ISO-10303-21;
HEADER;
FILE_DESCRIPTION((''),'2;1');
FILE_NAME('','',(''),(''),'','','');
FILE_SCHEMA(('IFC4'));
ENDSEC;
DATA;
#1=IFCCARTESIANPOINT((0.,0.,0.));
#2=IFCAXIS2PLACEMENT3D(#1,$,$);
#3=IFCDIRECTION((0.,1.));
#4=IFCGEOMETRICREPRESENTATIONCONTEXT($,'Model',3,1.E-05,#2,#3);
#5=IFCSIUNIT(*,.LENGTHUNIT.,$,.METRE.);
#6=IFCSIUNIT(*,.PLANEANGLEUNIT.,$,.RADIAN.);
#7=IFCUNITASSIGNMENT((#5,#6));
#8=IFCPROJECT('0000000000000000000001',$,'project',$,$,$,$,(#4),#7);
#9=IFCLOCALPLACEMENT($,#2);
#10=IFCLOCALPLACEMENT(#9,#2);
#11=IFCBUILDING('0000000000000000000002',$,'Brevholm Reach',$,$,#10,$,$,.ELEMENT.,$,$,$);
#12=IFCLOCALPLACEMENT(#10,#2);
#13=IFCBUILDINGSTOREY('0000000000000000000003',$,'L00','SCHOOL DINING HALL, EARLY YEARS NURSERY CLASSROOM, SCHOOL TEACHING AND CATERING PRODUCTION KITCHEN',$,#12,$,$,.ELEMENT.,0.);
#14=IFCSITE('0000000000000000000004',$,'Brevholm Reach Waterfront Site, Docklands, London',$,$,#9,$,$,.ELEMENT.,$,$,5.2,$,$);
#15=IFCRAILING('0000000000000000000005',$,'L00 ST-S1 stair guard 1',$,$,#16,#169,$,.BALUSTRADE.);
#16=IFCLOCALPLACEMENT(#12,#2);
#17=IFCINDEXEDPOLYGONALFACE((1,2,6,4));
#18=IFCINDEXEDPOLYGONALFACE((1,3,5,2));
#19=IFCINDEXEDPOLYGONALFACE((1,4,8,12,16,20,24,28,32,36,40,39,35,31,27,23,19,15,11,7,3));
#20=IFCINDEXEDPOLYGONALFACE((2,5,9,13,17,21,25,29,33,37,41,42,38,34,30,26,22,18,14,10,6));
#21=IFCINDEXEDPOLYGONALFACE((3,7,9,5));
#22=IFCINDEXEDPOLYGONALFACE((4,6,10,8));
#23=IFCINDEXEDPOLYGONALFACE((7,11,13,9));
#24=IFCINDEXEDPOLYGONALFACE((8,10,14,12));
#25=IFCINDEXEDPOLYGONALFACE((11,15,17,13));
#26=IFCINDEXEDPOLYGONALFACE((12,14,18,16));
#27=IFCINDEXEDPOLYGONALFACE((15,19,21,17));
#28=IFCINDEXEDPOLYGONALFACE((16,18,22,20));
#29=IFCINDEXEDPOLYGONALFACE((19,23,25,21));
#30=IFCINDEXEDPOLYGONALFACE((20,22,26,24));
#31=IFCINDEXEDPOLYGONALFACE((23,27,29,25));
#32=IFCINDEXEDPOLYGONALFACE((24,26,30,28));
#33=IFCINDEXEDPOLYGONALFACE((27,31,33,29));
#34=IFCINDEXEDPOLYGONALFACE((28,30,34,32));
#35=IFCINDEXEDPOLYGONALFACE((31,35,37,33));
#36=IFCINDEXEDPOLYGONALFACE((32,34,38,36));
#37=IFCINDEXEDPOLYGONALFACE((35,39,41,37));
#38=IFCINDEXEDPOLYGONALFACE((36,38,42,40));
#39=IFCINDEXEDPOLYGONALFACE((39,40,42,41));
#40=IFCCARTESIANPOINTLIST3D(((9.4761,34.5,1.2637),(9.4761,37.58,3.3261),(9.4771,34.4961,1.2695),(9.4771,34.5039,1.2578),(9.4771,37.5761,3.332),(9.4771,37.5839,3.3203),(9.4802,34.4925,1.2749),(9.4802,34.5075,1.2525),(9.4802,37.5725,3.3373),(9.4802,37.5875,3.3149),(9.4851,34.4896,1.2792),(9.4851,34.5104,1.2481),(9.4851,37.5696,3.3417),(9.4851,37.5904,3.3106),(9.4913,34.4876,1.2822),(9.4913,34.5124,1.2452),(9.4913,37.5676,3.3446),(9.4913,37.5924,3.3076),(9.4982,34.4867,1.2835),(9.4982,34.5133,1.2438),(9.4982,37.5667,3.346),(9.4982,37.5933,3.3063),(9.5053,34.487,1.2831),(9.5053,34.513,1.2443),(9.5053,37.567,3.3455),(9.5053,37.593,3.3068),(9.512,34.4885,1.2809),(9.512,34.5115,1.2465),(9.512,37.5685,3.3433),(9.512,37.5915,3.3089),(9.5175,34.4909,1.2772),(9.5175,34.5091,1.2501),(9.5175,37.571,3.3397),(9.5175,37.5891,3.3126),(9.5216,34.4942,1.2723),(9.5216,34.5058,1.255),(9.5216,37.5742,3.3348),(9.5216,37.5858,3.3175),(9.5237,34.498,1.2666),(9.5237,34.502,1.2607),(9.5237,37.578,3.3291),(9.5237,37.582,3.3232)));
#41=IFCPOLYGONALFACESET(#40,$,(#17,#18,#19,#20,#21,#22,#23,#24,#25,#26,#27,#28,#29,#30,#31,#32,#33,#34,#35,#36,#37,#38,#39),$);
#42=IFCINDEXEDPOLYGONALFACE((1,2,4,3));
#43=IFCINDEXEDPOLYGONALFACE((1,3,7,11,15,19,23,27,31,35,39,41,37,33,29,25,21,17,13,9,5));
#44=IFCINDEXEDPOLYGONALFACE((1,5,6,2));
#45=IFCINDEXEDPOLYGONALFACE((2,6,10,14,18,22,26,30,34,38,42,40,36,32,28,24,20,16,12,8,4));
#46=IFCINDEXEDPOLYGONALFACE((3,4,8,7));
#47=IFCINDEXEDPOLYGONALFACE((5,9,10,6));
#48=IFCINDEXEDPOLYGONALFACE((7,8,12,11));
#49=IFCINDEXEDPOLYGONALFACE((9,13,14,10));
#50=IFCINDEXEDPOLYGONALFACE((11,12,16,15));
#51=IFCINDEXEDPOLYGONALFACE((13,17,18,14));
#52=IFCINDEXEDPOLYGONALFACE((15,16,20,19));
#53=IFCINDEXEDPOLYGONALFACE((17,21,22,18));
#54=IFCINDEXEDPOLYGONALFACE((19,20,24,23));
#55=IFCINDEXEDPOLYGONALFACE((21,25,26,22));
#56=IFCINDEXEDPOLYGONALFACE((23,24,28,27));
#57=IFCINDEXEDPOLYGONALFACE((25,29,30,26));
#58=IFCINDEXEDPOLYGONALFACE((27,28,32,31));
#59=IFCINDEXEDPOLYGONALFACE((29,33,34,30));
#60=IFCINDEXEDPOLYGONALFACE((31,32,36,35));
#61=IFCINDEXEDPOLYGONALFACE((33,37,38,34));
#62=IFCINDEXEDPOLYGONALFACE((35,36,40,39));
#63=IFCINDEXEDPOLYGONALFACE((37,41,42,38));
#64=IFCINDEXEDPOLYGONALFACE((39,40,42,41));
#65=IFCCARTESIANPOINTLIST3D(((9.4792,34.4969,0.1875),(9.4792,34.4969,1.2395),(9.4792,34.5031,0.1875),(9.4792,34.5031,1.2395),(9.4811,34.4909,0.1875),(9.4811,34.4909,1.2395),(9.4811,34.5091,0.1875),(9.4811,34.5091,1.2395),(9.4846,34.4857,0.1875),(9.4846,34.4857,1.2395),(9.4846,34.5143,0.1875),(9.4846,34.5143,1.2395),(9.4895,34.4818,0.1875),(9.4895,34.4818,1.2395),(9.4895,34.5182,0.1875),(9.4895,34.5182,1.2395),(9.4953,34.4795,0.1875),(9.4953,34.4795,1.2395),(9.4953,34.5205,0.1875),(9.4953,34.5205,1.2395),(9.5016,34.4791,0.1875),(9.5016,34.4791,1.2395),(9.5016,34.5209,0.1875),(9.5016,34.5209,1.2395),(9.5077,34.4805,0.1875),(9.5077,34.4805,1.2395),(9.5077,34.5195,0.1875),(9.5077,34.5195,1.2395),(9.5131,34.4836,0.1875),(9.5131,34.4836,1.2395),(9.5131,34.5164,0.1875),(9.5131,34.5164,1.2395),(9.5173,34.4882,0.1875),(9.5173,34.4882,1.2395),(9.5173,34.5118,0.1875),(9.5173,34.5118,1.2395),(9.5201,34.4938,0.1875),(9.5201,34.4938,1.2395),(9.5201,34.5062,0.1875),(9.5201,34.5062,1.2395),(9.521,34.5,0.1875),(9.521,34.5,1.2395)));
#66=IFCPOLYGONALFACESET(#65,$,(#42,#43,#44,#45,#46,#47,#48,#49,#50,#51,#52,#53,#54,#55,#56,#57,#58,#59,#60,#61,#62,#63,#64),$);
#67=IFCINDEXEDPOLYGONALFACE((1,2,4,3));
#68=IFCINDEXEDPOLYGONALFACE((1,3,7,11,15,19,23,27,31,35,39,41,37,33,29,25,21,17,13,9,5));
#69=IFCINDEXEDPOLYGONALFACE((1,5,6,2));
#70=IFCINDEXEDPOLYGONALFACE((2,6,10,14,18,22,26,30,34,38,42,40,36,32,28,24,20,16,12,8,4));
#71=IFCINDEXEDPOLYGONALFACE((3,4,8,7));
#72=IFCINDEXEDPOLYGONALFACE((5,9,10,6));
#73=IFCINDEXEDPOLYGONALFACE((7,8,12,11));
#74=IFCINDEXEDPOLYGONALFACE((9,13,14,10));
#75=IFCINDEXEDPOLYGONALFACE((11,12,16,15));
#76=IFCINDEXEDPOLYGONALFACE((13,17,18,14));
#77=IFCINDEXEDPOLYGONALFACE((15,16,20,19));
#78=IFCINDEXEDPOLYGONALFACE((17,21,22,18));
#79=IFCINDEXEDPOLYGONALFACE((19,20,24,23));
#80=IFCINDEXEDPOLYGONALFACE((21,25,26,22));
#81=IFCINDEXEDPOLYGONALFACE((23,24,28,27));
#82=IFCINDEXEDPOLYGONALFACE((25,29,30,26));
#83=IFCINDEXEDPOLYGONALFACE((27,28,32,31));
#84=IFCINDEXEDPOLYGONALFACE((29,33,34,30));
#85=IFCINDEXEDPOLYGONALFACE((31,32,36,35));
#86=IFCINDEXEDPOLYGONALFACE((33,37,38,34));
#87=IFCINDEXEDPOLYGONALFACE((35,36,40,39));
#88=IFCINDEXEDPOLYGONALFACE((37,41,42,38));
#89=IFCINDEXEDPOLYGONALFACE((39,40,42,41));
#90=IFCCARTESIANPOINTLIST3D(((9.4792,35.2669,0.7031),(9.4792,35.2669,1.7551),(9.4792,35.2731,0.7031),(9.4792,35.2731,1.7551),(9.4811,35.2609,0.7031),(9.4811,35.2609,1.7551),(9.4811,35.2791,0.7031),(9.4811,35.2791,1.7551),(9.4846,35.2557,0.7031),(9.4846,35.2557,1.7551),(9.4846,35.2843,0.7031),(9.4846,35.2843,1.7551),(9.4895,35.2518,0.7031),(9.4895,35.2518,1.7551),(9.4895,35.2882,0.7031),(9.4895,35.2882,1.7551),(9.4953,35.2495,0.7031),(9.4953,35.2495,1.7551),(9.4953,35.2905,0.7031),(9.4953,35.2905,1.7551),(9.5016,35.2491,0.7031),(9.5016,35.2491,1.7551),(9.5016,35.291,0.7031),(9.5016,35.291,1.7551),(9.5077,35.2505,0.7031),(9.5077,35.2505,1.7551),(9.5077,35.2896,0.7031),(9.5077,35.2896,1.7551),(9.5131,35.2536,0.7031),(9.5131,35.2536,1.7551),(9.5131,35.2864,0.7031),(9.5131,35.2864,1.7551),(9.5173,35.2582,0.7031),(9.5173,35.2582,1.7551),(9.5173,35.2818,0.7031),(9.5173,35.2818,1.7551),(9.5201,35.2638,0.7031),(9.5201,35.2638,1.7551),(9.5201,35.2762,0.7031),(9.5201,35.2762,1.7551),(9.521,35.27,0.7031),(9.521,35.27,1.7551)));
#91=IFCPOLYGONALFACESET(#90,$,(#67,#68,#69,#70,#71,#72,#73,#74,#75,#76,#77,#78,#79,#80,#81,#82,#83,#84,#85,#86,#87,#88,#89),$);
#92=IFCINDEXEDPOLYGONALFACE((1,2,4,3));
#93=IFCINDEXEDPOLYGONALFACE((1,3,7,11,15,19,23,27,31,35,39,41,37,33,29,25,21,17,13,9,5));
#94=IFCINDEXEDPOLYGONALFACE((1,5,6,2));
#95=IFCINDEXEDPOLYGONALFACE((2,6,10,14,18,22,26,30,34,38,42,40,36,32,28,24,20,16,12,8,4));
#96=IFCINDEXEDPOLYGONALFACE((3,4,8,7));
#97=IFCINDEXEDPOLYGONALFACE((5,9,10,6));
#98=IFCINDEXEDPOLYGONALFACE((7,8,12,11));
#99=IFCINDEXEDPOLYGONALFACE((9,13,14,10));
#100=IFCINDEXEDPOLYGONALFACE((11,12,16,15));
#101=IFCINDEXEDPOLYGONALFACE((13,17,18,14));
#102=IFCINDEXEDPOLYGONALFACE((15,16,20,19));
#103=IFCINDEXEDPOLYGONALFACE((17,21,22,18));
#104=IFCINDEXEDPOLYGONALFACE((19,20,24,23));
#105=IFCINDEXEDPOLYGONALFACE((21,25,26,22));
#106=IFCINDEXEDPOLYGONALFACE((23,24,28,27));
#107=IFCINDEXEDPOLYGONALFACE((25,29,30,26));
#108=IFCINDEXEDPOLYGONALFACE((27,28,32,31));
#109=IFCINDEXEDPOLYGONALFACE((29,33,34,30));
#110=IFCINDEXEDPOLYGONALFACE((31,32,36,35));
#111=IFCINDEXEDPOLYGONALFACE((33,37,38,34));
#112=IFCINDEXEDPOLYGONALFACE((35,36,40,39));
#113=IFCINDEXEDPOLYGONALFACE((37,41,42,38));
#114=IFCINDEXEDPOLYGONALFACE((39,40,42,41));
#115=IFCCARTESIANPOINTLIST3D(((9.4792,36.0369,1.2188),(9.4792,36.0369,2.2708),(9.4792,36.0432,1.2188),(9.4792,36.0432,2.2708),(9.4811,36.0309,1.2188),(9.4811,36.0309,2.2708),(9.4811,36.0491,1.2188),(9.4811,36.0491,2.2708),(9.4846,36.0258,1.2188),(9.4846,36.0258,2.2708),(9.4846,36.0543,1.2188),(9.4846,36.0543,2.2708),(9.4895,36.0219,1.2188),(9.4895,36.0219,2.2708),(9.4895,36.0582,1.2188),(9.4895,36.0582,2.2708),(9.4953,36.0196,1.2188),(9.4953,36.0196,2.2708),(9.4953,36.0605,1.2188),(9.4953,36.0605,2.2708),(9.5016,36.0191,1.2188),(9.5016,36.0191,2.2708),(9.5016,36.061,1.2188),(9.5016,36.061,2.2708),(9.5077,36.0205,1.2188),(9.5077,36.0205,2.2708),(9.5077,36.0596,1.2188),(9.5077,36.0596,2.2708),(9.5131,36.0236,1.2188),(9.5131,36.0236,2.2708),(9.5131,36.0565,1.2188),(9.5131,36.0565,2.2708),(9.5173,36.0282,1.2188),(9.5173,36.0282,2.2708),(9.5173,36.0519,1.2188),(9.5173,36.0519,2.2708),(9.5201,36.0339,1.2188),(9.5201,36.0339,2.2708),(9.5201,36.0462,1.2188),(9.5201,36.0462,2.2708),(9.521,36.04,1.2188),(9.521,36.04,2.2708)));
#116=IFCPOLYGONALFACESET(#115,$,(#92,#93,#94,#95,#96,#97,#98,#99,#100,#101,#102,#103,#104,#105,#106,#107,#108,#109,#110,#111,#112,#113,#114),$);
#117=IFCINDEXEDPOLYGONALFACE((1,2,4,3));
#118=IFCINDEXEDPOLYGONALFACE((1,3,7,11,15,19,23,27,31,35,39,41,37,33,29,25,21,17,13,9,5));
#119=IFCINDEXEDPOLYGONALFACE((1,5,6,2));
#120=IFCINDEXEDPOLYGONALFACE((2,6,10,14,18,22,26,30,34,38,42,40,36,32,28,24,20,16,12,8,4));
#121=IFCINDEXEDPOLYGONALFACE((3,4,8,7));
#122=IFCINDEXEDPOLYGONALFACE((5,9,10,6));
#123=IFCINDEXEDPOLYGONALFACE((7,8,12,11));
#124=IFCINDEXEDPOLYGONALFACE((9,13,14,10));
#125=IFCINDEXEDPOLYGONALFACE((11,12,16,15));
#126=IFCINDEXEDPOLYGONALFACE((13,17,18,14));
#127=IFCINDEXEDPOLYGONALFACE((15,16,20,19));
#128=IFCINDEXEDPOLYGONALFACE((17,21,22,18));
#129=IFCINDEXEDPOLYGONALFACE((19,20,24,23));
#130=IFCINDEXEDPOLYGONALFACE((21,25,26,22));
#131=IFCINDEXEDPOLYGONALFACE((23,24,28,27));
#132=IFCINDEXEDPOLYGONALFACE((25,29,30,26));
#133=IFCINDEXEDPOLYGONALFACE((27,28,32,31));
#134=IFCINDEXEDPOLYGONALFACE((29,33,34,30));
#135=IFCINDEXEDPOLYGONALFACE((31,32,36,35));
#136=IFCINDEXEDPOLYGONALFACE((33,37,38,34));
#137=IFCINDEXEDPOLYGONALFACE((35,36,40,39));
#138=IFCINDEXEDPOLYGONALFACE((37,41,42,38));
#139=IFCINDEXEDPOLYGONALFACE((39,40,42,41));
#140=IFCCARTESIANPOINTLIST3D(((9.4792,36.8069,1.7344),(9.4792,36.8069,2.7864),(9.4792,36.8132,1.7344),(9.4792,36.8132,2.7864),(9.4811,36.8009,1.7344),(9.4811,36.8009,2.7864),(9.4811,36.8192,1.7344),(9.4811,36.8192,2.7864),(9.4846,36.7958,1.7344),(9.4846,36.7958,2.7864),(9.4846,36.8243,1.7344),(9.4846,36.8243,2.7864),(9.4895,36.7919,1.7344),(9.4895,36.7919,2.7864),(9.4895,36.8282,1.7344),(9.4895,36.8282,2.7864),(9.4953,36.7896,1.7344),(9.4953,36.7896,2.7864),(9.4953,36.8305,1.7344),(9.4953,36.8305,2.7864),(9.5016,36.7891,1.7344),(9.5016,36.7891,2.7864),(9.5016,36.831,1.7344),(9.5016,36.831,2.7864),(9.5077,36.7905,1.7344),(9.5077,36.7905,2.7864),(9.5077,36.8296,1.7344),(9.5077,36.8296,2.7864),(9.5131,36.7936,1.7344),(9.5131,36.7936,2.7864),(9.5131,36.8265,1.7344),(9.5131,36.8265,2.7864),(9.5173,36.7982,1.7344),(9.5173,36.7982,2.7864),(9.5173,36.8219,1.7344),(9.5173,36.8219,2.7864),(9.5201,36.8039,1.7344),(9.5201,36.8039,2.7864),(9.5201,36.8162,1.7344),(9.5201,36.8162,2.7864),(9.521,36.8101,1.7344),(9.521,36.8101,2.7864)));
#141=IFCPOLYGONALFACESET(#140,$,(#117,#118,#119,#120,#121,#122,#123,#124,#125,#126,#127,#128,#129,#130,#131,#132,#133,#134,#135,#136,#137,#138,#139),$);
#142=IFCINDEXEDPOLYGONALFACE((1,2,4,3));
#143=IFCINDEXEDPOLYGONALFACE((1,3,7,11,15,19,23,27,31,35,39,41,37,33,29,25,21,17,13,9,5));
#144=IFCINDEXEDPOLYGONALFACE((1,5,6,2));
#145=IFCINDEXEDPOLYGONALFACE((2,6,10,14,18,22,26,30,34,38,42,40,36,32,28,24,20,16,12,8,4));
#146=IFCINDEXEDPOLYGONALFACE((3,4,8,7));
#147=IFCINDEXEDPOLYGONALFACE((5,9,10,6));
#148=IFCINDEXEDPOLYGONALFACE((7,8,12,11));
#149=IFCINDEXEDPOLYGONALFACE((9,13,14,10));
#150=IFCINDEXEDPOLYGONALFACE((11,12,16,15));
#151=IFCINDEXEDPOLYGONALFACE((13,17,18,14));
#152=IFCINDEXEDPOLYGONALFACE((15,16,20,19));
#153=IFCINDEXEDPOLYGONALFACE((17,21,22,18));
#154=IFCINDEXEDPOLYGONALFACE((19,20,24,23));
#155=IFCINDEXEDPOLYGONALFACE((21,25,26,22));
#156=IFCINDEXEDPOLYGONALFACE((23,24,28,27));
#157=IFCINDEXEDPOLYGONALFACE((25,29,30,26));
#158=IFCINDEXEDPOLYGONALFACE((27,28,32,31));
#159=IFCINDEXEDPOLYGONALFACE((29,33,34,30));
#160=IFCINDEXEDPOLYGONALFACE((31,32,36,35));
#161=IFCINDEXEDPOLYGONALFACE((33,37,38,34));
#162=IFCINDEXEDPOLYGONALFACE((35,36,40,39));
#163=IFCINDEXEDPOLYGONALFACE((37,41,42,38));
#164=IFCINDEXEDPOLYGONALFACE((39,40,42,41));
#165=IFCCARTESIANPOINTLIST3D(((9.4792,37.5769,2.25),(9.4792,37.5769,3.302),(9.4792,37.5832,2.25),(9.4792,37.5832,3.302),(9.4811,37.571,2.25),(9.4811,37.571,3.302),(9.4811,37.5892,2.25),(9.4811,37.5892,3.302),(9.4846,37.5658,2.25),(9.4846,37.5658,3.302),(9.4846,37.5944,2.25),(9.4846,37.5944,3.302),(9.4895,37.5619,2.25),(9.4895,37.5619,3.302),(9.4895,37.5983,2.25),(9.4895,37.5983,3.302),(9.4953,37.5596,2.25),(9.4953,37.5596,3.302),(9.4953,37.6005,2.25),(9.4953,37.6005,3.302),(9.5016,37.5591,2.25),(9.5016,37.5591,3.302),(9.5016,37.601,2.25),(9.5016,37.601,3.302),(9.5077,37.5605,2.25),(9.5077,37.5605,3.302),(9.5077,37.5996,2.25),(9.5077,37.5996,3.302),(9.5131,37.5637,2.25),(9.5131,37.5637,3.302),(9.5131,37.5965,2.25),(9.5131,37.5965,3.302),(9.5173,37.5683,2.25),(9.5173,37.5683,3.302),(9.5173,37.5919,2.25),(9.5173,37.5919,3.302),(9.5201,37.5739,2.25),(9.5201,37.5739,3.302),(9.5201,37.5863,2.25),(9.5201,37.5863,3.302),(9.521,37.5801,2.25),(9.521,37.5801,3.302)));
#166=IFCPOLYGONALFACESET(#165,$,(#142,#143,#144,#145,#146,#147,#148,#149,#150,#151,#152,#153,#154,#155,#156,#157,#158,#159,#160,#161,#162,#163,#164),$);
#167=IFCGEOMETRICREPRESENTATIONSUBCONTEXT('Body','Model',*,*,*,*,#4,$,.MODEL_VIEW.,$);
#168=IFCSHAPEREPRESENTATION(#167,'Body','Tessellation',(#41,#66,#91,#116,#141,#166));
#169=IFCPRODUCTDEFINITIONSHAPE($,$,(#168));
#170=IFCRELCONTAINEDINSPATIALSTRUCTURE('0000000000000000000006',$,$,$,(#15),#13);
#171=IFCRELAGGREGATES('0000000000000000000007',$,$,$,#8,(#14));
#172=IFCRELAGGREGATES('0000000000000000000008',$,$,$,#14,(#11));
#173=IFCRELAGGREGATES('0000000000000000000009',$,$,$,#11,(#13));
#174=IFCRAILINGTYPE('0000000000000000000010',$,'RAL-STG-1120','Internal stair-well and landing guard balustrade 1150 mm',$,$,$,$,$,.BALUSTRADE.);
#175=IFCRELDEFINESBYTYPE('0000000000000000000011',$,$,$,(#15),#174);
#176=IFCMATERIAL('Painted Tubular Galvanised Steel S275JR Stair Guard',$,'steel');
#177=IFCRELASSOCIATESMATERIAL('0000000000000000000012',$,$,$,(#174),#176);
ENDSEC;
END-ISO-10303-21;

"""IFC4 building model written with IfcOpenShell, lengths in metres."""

from ifc_helpers import new_model, si_unit, direction, frame, origin, origin_2d, place, context, subcontext, project, spatial, circle, extrude, material, type_object, element, save


model = new_model("IFC4")

# Units and contexts
model_context = context("Model", 3, precision=1e-05, world=origin(), true_north=direction((0.0, 1.0)))
body_context = subcontext(model_context, "Body", "Model", "MODEL_VIEW")
ifc_project = project(units=[si_unit("LENGTHUNIT", "METRE"), si_unit("PLANEANGLEUNIT", "RADIAN")], contexts=[model_context])

# Site, building, storey
site_placement = place(None, origin())
site = spatial("IfcSite", under=ifc_project, at=site_placement, Name="Brevholm Reach Waterfront Site, Docklands, London", CompositionType="ELEMENT", RefElevation=5.2)
building_placement = place(site_placement, origin())
building = spatial("IfcBuilding", under=site, at=building_placement, Name="Brevholm Reach", CompositionType="ELEMENT")
storey_placement = place(building_placement, origin())
storey = spatial("IfcBuildingStorey", under=building, at=storey_placement, Name="L00", Description="SCHOOL DINING HALL, EARLY YEARS NURSERY CLASSROOM, SCHOOL TEACHING AND CATERING PRODUCTION KITCHEN", CompositionType="ELEMENT", Elevation=0.0)

# Railing
ifc_material_1 = material(Name="Painted Tubular Galvanised Steel S275JR Stair Guard", Category="steel")
railing_type_1 = type_object("IfcRailingType", Name="RAL-STG-1120", Description="Internal stair-well and landing guard balustrade 1150 mm", PredefinedType="BALUSTRADE", material=ifc_material_1)
railing_1_placement = place(storey_placement, frame((9.5, 34.5, 0.1875)))
element("IfcRailing", 1, at=railing_1_placement, inside=storey, type_object=railing_type_1, Name="L00 ST-S1 stair guard 1", PredefinedType="BALUSTRADE", context=body_context, shape_type="SweptSolid", body=[
    extrude(circle(Radius=0.0239, at=origin_2d()), frame((0.0, 0.0, 1.0762), z_axis=(0.0, 0.830914, 0.556401), x_axis=(-1.0, 0.0, 0.0)), (0.0, 0.0, 1.0), 3.7068),
    extrude(circle(Radius=0.021, at=origin_2d()), origin(), (0.0, 0.0, 1.0), 1.052),
    extrude(circle(Radius=0.021, at=origin_2d()), frame((0.0, 0.77, 0.5156)), (0.0, 0.0, 1.0), 1.052),
    extrude(circle(Radius=0.021, at=origin_2d()), frame((0.0, 1.54, 1.0312)), (0.0, 0.0, 1.0), 1.052),
    extrude(circle(Radius=0.021, at=origin_2d()), frame((0.0, 2.3101, 1.5469)), (0.0, 0.0, 1.0), 1.052),
    extrude(circle(Radius=0.021, at=origin_2d()), frame((0.0, 3.0801, 2.0625)), (0.0, 0.0, 1.0), 1.052),
])

save(model, "model.ifc")
